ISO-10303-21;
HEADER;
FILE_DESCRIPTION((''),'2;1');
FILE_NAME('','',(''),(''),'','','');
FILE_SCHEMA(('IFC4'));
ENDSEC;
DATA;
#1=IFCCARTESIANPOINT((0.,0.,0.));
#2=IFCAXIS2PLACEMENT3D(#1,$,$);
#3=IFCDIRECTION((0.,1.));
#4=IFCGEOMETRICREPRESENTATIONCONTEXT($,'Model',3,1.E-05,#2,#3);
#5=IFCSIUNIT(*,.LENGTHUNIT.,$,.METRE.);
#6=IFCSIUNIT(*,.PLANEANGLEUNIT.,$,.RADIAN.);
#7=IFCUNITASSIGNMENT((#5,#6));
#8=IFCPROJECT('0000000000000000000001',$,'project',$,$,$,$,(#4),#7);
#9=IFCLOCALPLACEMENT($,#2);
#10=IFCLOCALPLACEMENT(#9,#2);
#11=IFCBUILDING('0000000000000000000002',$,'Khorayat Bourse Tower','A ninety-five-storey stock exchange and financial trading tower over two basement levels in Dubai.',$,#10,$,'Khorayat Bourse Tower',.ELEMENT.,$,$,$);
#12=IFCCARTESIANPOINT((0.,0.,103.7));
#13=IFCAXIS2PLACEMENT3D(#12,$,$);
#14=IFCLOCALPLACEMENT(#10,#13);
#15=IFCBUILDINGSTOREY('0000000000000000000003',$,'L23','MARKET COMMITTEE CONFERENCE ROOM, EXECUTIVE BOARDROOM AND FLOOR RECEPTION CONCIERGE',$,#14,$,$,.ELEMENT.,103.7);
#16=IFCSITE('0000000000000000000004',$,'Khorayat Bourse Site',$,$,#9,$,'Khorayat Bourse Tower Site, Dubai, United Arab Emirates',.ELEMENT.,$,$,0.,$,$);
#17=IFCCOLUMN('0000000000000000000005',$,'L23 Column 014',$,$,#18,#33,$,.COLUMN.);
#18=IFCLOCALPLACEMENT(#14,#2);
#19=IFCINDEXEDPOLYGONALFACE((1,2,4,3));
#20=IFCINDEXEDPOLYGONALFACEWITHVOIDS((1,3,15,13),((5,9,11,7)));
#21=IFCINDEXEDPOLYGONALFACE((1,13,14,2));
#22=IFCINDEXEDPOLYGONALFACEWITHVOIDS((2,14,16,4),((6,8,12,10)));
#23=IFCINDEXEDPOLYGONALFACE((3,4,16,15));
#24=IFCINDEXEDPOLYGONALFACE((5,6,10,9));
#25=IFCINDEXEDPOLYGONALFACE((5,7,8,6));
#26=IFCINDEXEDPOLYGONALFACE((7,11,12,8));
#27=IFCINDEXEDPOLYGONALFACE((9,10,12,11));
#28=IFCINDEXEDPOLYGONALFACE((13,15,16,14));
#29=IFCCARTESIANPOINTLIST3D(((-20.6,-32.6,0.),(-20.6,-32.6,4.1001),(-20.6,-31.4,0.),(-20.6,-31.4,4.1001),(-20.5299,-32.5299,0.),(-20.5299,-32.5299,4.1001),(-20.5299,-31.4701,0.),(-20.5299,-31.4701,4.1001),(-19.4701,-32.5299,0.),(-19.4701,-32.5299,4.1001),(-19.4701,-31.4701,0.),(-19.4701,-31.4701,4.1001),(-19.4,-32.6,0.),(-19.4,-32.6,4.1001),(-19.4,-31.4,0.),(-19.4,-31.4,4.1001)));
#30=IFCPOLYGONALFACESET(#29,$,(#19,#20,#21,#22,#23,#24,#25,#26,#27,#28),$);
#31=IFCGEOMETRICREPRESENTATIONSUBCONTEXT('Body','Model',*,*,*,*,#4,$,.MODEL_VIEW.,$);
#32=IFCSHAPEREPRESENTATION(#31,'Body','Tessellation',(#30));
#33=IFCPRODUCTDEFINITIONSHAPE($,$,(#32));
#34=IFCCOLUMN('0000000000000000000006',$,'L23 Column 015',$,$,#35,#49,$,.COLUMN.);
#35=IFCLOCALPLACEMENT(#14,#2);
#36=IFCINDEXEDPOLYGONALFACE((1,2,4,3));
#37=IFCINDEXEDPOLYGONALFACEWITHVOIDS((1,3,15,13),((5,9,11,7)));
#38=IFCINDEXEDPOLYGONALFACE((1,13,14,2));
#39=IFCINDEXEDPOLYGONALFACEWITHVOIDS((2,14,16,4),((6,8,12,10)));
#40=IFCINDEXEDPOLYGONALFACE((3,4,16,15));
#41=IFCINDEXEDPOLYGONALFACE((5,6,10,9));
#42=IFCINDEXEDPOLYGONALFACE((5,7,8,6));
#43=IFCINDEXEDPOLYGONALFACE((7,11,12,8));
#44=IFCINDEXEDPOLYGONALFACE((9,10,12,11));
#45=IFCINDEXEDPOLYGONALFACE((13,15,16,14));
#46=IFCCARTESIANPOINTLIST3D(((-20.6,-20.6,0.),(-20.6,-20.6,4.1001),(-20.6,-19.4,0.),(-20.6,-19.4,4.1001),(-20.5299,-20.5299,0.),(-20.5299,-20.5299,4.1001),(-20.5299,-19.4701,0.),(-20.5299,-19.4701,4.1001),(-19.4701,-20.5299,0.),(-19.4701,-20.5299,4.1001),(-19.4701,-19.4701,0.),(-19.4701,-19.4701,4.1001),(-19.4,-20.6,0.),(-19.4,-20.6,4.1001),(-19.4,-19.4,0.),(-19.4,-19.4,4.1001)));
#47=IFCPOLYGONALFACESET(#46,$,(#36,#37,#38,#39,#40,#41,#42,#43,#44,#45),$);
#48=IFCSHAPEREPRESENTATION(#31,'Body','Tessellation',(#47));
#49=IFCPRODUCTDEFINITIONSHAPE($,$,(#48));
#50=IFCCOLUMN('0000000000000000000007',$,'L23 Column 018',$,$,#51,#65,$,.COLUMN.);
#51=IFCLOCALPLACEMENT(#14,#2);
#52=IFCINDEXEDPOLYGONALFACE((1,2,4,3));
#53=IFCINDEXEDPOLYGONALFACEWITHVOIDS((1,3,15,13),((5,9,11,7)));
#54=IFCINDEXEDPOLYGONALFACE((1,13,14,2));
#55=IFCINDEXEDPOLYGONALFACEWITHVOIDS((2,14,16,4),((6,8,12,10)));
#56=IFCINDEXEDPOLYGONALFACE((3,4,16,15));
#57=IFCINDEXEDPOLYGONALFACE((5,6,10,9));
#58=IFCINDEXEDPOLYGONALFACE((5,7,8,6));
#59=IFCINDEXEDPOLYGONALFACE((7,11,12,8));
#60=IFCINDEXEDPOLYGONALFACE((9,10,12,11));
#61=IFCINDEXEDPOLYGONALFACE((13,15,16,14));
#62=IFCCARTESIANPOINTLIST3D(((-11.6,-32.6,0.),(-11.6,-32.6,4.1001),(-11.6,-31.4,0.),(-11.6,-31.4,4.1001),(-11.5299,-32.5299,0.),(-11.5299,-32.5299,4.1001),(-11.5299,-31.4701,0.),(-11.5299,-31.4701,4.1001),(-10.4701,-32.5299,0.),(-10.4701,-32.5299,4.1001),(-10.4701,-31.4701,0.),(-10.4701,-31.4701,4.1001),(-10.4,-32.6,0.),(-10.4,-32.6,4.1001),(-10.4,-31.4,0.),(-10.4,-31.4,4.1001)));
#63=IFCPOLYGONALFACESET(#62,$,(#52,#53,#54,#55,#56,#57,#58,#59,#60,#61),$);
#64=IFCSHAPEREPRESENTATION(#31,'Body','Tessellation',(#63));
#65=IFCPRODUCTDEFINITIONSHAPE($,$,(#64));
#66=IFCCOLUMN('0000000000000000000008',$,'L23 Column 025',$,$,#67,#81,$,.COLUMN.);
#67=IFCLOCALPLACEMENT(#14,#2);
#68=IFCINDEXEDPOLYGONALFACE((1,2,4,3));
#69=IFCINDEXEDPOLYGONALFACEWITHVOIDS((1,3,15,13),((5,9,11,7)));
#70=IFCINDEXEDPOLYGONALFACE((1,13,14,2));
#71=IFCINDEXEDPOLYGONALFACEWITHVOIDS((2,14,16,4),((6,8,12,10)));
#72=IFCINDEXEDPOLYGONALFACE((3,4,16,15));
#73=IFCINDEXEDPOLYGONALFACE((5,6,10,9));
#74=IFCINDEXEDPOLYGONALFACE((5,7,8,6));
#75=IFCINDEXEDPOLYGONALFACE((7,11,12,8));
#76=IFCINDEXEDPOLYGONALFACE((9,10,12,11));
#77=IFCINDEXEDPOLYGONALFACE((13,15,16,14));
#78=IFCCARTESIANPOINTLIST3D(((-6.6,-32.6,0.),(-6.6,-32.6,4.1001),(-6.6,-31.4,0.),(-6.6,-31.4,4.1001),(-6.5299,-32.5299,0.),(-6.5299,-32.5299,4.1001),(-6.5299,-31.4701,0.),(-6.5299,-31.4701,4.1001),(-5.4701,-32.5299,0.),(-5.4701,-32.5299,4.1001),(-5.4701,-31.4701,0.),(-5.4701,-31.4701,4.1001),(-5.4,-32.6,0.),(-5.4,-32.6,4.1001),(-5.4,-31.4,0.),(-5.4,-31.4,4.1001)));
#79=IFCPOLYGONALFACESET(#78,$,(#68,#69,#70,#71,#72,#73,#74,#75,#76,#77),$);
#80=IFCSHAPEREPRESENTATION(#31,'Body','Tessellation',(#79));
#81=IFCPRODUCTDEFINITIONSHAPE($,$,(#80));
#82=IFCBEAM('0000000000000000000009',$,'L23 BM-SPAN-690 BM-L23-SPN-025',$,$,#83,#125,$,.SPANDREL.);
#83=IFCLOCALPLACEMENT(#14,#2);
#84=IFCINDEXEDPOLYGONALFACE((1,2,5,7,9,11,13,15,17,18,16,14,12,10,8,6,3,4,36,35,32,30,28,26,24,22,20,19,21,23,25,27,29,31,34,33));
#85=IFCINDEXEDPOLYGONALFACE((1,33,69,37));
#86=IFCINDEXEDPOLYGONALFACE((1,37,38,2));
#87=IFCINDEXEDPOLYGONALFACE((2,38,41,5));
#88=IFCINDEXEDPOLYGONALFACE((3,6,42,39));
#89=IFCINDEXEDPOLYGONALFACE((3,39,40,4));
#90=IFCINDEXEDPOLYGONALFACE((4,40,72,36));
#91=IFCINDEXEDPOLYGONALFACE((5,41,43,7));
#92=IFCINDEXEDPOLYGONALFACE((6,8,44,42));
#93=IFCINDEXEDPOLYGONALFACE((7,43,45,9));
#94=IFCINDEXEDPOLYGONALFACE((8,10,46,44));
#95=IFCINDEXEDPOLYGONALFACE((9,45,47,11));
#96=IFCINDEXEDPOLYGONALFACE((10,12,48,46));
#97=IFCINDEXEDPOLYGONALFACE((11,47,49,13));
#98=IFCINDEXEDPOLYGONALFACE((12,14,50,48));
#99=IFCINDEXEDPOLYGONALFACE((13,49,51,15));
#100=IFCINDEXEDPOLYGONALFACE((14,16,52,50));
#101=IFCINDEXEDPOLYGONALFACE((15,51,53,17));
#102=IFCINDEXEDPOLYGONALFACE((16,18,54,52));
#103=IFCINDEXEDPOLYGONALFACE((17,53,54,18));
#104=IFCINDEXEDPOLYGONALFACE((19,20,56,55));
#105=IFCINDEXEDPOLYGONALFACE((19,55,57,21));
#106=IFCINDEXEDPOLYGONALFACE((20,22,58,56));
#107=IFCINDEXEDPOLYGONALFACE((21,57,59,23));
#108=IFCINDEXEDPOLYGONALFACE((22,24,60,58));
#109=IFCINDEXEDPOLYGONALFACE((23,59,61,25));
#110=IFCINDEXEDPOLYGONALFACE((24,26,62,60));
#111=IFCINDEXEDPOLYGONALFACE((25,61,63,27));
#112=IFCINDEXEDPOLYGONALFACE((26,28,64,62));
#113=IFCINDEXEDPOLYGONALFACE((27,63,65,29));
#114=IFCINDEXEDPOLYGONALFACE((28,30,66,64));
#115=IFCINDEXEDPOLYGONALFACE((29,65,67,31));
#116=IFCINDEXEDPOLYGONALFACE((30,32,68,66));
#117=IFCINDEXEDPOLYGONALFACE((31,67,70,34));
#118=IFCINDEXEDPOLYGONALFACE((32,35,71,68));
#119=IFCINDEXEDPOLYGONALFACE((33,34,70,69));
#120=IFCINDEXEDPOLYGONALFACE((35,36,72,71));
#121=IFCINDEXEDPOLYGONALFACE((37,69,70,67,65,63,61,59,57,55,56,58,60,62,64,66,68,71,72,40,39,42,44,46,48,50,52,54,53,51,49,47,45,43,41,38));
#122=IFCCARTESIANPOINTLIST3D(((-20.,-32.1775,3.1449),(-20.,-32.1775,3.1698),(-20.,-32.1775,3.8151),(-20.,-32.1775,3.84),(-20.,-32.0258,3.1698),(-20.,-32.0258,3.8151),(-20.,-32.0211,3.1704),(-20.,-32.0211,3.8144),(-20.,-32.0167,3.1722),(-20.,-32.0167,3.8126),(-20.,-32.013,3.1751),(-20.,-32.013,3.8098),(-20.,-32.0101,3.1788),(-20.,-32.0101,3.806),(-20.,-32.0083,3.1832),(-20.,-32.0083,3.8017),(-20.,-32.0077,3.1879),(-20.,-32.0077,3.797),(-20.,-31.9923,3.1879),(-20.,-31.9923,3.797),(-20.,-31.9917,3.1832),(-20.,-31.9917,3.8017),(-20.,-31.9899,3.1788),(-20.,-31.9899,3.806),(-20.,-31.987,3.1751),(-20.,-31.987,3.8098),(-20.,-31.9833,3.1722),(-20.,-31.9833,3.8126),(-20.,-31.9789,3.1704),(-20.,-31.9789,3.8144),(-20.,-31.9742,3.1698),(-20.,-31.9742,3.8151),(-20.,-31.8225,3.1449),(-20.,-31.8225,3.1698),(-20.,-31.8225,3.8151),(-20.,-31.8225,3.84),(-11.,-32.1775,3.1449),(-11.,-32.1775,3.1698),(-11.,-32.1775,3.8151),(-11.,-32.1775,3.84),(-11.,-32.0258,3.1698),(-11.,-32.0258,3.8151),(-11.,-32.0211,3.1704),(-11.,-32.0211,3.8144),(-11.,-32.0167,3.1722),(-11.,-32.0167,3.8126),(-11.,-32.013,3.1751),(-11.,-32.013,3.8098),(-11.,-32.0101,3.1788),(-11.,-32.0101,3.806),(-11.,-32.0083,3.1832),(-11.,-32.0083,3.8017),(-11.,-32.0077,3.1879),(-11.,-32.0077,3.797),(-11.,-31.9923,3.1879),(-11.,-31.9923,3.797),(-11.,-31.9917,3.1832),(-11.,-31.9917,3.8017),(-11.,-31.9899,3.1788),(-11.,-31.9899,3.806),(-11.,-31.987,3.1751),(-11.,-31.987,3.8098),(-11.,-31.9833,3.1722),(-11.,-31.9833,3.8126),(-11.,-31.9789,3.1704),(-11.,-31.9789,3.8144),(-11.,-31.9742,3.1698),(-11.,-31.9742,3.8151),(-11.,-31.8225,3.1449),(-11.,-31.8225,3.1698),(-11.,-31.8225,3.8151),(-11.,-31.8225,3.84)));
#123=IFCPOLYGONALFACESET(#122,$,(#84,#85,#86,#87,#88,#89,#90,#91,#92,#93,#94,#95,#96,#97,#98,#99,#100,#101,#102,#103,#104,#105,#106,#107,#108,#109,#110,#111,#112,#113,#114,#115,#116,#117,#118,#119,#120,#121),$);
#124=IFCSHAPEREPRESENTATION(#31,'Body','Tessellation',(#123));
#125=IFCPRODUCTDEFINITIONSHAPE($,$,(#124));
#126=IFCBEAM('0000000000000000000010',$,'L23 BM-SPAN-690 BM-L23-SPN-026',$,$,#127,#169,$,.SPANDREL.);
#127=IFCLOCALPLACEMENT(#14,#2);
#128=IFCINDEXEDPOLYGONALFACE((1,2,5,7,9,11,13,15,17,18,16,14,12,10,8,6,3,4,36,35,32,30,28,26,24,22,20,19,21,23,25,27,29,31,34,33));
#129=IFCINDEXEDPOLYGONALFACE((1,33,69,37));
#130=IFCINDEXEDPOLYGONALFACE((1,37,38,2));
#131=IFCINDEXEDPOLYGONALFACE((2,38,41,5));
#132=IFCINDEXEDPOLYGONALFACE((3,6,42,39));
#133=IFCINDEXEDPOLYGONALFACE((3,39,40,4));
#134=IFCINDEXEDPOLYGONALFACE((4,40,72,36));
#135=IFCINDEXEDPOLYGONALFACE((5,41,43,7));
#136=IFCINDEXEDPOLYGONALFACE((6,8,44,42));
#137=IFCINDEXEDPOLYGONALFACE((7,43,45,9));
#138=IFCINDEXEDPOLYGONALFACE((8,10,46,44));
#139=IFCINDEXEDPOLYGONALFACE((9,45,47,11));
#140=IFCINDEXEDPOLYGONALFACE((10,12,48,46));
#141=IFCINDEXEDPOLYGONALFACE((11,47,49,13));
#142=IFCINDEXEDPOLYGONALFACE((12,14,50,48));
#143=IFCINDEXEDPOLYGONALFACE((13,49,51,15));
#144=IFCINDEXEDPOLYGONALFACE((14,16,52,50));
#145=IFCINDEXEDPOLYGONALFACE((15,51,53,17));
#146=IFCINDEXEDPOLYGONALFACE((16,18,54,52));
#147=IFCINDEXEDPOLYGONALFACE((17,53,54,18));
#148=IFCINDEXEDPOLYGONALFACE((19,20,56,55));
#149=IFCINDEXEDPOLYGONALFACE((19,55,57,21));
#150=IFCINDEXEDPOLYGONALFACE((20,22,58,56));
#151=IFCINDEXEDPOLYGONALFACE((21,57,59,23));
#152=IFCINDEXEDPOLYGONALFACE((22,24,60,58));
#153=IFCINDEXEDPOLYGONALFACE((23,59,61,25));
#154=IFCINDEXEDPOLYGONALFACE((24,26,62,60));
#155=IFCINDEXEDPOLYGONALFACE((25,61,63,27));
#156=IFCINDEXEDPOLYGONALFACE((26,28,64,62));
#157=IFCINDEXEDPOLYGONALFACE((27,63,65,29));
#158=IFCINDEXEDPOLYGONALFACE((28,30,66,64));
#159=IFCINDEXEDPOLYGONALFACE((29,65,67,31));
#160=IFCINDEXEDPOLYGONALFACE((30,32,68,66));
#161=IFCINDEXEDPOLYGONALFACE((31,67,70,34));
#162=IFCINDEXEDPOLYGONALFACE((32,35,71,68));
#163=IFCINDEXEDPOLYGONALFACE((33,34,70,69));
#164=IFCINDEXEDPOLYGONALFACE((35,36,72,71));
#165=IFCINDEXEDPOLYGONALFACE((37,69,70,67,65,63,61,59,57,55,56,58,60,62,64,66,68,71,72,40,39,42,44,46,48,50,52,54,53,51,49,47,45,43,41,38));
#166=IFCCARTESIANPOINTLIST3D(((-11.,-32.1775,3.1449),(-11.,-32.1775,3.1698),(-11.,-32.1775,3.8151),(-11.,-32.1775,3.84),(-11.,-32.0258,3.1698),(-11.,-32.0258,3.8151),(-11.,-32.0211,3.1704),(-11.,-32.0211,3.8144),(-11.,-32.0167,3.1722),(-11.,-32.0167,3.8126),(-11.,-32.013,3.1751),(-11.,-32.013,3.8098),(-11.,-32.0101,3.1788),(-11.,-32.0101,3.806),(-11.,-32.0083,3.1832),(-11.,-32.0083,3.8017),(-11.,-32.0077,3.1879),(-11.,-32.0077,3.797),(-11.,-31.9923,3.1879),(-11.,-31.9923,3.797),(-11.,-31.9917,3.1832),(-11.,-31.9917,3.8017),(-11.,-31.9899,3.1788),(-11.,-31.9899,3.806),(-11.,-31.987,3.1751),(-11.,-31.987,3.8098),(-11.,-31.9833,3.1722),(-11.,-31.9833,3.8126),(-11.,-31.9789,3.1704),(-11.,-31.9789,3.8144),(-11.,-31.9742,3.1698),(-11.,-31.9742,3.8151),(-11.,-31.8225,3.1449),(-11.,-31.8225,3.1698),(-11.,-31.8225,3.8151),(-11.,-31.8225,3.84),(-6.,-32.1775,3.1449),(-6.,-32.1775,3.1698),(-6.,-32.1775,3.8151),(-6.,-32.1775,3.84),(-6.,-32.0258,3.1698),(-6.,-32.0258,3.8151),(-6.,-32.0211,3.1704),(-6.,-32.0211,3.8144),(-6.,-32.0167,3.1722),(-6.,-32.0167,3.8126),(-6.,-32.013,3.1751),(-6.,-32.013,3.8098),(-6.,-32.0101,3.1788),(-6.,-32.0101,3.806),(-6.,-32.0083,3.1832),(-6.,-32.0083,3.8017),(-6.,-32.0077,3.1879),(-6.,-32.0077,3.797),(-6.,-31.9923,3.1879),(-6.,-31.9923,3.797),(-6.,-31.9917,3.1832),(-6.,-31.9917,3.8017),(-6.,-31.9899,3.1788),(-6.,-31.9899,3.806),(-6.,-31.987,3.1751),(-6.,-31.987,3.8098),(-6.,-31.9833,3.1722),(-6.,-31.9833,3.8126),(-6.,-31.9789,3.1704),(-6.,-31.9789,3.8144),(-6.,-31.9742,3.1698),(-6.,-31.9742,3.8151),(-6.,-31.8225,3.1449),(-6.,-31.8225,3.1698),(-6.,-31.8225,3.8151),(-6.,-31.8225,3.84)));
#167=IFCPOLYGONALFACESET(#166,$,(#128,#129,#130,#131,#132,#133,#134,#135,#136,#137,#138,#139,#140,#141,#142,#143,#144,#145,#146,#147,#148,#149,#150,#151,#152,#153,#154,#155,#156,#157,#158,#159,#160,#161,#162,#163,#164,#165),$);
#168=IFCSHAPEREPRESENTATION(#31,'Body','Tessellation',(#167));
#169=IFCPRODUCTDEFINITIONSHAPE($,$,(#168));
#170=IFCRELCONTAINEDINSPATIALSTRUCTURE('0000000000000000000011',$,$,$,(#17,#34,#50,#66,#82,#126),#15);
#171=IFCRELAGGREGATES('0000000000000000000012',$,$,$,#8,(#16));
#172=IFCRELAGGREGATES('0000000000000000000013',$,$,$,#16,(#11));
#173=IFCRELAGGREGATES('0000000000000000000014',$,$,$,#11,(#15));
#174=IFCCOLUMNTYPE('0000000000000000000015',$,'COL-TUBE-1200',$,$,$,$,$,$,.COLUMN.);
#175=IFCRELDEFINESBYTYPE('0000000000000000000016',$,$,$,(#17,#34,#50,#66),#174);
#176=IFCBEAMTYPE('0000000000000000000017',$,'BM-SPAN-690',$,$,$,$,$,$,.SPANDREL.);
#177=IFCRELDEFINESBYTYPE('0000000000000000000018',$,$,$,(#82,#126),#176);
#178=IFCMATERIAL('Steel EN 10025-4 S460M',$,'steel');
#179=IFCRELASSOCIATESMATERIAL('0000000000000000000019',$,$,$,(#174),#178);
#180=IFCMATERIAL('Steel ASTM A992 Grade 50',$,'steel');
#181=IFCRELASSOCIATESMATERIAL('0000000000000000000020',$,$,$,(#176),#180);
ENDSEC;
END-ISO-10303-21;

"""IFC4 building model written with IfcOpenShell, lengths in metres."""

from ifc_helpers import new_model, si_unit, direction, frame, origin, origin_2d, place, context, subcontext, project, spatial, hollow_rectangle, i_section, extrude, source, transform, mapped, material, material_profile, profile_set, type_object, element, save


model = new_model("IFC4")

# Units and contexts
model_context = context("Model", 3, precision=1e-05, world=origin(), true_north=direction((0.0, 1.0)))
body_context = subcontext(model_context, "Body", "Model", "MODEL_VIEW")
ifc_project = project(units=[si_unit("LENGTHUNIT", "METRE"), si_unit("PLANEANGLEUNIT", "RADIAN")], contexts=[model_context])

# Site, building, storey
site_placement = place(None, origin())
site = spatial("IfcSite", under=ifc_project, at=site_placement, Name="Khorayat Bourse Site", LongName="Khorayat Bourse Tower Site, Dubai, United Arab Emirates", CompositionType="ELEMENT", RefElevation=0.0)
building_placement = place(site_placement, origin())
building = spatial("IfcBuilding", under=site, at=building_placement, Name="Khorayat Bourse Tower", Description="A ninety-five-storey stock exchange and financial trading tower over two basement levels in Dubai.", LongName="Khorayat Bourse Tower", CompositionType="ELEMENT")
storey_placement = place(building_placement, frame((0.0, 0.0, 103.7)))
storey = spatial("IfcBuildingStorey", under=building, at=storey_placement, Name="L23", Description="MARKET COMMITTEE CONFERENCE ROOM, EXECUTIVE BOARDROOM AND FLOOR RECEPTION CONCIERGE", CompositionType="ELEMENT", Elevation=103.7)

# Columns
ifc_material_1 = material(Name="Steel EN 10025-4 S460M", Category="steel")
ifc_material_profile_1 = material_profile(ifc_material_1, hollow_rectangle(XDim=1.2, YDim=1.2, WallThickness=0.0701, at=origin_2d()), Name="BOX 1200x1200x70")
ifc_profile_set_1 = profile_set([ifc_material_profile_1], Name="Steel EN 10025-4 S460M")
column_type = type_object("IfcColumnType", Name="COL-TUBE-1200", PredefinedType="COLUMN", material=ifc_profile_set_1)
shared_shape_1 = source(origin(), body_context, "Body", "SweptSolid", [
    extrude(hollow_rectangle(XDim=1.2, YDim=1.2, WallThickness=0.0701, at=origin_2d()), origin(), (0.0, 0.0, 1.0), 4.1001),
])
for number, where, z_axis, x_axis, name in (
    (1, (-20.0, -32.0, 0.0), (0.0, 0.0, 1.0), (1.0, 0.0, 0.0), "L23 Column 014"),
    (2, (-20.0, -20.0, 0.0), (0.0, 0.0, 1.0), (1.0, 0.0, 0.0), "L23 Column 015"),
    (3, (-11.0, -32.0, 0.0), (0.0, 0.0, 1.0), (1.0, 0.0, 0.0), "L23 Column 018"),
    (4, (-6.0, -32.0, 0.0), (0.0, 0.0, 1.0), (1.0, 0.0, 0.0), "L23 Column 025"),
):
    element("IfcColumn", number, at=place(storey_placement, frame(where, z_axis=z_axis, x_axis=x_axis)), inside=storey, type_object=column_type, Name=name, PredefinedType="COLUMN", context=body_context, shape_type="MappedRepresentation", body=[
        mapped(shared_shape_1, transform((0.0, 0.0, 0.0), scale=1.0)),
    ])

# Beams
ifc_material_2 = material(Name="Steel ASTM A992 Grade 50", Category="steel")
ifc_material_profile_2 = material_profile(ifc_material_2, i_section(OverallWidth=0.355, OverallDepth=0.6951, WebThickness=0.0154, FlangeThickness=0.0249, FilletRadius=0.0181, at=origin_2d()), Name="W690X217")
ifc_profile_set_2 = profile_set([ifc_material_profile_2], Name="Steel ASTM A992 Grade 50")
beam_type_1 = type_object("IfcBeamType", Name="BM-SPAN-690", PredefinedType="SPANDREL", material=ifc_profile_set_2)
shared_shape_2 = source(origin(), body_context, "Body", "SweptSolid", [
    extrude(i_section(OverallWidth=0.355, OverallDepth=0.6951, WebThickness=0.0154, FlangeThickness=0.0249, FilletRadius=0.0181, at=origin_2d()), origin(), (0.0, 0.0, 1.0), 9.0),
])
beam_1_placement = place(storey_placement, frame((-20.0, -32.0, 3.4924), z_axis=(1.0, 0.0, 0.0), x_axis=(0.0, 1.0, 0.0)))
element("IfcBeam", 5, at=beam_1_placement, inside=storey, type_object=beam_type_1, Name="L23 BM-SPAN-690 BM-L23-SPN-025", PredefinedType="SPANDREL", context=body_context, shape_type="MappedRepresentation", body=[
    mapped(shared_shape_2, transform((0.0, 0.0, 0.0), scale=1.0)),
])
shared_shape_3 = source(origin(), body_context, "Body", "SweptSolid", [
    extrude(i_section(OverallWidth=0.355, OverallDepth=0.6951, WebThickness=0.0154, FlangeThickness=0.0249, FilletRadius=0.0181, at=origin_2d()), origin(), (0.0, 0.0, 1.0), 5.0),
])
beam_2_placement = place(storey_placement, frame((-11.0, -32.0, 3.4924), z_axis=(1.0, 0.0, 0.0), x_axis=(0.0, 1.0, 0.0)))
element("IfcBeam", 6, at=beam_2_placement, inside=storey, type_object=beam_type_1, Name="L23 BM-SPAN-690 BM-L23-SPN-026", PredefinedType="SPANDREL", context=body_context, shape_type="MappedRepresentation", body=[
    mapped(shared_shape_3, transform((0.0, 0.0, 0.0), scale=1.0)),
])

save(model, "model.ifc")
